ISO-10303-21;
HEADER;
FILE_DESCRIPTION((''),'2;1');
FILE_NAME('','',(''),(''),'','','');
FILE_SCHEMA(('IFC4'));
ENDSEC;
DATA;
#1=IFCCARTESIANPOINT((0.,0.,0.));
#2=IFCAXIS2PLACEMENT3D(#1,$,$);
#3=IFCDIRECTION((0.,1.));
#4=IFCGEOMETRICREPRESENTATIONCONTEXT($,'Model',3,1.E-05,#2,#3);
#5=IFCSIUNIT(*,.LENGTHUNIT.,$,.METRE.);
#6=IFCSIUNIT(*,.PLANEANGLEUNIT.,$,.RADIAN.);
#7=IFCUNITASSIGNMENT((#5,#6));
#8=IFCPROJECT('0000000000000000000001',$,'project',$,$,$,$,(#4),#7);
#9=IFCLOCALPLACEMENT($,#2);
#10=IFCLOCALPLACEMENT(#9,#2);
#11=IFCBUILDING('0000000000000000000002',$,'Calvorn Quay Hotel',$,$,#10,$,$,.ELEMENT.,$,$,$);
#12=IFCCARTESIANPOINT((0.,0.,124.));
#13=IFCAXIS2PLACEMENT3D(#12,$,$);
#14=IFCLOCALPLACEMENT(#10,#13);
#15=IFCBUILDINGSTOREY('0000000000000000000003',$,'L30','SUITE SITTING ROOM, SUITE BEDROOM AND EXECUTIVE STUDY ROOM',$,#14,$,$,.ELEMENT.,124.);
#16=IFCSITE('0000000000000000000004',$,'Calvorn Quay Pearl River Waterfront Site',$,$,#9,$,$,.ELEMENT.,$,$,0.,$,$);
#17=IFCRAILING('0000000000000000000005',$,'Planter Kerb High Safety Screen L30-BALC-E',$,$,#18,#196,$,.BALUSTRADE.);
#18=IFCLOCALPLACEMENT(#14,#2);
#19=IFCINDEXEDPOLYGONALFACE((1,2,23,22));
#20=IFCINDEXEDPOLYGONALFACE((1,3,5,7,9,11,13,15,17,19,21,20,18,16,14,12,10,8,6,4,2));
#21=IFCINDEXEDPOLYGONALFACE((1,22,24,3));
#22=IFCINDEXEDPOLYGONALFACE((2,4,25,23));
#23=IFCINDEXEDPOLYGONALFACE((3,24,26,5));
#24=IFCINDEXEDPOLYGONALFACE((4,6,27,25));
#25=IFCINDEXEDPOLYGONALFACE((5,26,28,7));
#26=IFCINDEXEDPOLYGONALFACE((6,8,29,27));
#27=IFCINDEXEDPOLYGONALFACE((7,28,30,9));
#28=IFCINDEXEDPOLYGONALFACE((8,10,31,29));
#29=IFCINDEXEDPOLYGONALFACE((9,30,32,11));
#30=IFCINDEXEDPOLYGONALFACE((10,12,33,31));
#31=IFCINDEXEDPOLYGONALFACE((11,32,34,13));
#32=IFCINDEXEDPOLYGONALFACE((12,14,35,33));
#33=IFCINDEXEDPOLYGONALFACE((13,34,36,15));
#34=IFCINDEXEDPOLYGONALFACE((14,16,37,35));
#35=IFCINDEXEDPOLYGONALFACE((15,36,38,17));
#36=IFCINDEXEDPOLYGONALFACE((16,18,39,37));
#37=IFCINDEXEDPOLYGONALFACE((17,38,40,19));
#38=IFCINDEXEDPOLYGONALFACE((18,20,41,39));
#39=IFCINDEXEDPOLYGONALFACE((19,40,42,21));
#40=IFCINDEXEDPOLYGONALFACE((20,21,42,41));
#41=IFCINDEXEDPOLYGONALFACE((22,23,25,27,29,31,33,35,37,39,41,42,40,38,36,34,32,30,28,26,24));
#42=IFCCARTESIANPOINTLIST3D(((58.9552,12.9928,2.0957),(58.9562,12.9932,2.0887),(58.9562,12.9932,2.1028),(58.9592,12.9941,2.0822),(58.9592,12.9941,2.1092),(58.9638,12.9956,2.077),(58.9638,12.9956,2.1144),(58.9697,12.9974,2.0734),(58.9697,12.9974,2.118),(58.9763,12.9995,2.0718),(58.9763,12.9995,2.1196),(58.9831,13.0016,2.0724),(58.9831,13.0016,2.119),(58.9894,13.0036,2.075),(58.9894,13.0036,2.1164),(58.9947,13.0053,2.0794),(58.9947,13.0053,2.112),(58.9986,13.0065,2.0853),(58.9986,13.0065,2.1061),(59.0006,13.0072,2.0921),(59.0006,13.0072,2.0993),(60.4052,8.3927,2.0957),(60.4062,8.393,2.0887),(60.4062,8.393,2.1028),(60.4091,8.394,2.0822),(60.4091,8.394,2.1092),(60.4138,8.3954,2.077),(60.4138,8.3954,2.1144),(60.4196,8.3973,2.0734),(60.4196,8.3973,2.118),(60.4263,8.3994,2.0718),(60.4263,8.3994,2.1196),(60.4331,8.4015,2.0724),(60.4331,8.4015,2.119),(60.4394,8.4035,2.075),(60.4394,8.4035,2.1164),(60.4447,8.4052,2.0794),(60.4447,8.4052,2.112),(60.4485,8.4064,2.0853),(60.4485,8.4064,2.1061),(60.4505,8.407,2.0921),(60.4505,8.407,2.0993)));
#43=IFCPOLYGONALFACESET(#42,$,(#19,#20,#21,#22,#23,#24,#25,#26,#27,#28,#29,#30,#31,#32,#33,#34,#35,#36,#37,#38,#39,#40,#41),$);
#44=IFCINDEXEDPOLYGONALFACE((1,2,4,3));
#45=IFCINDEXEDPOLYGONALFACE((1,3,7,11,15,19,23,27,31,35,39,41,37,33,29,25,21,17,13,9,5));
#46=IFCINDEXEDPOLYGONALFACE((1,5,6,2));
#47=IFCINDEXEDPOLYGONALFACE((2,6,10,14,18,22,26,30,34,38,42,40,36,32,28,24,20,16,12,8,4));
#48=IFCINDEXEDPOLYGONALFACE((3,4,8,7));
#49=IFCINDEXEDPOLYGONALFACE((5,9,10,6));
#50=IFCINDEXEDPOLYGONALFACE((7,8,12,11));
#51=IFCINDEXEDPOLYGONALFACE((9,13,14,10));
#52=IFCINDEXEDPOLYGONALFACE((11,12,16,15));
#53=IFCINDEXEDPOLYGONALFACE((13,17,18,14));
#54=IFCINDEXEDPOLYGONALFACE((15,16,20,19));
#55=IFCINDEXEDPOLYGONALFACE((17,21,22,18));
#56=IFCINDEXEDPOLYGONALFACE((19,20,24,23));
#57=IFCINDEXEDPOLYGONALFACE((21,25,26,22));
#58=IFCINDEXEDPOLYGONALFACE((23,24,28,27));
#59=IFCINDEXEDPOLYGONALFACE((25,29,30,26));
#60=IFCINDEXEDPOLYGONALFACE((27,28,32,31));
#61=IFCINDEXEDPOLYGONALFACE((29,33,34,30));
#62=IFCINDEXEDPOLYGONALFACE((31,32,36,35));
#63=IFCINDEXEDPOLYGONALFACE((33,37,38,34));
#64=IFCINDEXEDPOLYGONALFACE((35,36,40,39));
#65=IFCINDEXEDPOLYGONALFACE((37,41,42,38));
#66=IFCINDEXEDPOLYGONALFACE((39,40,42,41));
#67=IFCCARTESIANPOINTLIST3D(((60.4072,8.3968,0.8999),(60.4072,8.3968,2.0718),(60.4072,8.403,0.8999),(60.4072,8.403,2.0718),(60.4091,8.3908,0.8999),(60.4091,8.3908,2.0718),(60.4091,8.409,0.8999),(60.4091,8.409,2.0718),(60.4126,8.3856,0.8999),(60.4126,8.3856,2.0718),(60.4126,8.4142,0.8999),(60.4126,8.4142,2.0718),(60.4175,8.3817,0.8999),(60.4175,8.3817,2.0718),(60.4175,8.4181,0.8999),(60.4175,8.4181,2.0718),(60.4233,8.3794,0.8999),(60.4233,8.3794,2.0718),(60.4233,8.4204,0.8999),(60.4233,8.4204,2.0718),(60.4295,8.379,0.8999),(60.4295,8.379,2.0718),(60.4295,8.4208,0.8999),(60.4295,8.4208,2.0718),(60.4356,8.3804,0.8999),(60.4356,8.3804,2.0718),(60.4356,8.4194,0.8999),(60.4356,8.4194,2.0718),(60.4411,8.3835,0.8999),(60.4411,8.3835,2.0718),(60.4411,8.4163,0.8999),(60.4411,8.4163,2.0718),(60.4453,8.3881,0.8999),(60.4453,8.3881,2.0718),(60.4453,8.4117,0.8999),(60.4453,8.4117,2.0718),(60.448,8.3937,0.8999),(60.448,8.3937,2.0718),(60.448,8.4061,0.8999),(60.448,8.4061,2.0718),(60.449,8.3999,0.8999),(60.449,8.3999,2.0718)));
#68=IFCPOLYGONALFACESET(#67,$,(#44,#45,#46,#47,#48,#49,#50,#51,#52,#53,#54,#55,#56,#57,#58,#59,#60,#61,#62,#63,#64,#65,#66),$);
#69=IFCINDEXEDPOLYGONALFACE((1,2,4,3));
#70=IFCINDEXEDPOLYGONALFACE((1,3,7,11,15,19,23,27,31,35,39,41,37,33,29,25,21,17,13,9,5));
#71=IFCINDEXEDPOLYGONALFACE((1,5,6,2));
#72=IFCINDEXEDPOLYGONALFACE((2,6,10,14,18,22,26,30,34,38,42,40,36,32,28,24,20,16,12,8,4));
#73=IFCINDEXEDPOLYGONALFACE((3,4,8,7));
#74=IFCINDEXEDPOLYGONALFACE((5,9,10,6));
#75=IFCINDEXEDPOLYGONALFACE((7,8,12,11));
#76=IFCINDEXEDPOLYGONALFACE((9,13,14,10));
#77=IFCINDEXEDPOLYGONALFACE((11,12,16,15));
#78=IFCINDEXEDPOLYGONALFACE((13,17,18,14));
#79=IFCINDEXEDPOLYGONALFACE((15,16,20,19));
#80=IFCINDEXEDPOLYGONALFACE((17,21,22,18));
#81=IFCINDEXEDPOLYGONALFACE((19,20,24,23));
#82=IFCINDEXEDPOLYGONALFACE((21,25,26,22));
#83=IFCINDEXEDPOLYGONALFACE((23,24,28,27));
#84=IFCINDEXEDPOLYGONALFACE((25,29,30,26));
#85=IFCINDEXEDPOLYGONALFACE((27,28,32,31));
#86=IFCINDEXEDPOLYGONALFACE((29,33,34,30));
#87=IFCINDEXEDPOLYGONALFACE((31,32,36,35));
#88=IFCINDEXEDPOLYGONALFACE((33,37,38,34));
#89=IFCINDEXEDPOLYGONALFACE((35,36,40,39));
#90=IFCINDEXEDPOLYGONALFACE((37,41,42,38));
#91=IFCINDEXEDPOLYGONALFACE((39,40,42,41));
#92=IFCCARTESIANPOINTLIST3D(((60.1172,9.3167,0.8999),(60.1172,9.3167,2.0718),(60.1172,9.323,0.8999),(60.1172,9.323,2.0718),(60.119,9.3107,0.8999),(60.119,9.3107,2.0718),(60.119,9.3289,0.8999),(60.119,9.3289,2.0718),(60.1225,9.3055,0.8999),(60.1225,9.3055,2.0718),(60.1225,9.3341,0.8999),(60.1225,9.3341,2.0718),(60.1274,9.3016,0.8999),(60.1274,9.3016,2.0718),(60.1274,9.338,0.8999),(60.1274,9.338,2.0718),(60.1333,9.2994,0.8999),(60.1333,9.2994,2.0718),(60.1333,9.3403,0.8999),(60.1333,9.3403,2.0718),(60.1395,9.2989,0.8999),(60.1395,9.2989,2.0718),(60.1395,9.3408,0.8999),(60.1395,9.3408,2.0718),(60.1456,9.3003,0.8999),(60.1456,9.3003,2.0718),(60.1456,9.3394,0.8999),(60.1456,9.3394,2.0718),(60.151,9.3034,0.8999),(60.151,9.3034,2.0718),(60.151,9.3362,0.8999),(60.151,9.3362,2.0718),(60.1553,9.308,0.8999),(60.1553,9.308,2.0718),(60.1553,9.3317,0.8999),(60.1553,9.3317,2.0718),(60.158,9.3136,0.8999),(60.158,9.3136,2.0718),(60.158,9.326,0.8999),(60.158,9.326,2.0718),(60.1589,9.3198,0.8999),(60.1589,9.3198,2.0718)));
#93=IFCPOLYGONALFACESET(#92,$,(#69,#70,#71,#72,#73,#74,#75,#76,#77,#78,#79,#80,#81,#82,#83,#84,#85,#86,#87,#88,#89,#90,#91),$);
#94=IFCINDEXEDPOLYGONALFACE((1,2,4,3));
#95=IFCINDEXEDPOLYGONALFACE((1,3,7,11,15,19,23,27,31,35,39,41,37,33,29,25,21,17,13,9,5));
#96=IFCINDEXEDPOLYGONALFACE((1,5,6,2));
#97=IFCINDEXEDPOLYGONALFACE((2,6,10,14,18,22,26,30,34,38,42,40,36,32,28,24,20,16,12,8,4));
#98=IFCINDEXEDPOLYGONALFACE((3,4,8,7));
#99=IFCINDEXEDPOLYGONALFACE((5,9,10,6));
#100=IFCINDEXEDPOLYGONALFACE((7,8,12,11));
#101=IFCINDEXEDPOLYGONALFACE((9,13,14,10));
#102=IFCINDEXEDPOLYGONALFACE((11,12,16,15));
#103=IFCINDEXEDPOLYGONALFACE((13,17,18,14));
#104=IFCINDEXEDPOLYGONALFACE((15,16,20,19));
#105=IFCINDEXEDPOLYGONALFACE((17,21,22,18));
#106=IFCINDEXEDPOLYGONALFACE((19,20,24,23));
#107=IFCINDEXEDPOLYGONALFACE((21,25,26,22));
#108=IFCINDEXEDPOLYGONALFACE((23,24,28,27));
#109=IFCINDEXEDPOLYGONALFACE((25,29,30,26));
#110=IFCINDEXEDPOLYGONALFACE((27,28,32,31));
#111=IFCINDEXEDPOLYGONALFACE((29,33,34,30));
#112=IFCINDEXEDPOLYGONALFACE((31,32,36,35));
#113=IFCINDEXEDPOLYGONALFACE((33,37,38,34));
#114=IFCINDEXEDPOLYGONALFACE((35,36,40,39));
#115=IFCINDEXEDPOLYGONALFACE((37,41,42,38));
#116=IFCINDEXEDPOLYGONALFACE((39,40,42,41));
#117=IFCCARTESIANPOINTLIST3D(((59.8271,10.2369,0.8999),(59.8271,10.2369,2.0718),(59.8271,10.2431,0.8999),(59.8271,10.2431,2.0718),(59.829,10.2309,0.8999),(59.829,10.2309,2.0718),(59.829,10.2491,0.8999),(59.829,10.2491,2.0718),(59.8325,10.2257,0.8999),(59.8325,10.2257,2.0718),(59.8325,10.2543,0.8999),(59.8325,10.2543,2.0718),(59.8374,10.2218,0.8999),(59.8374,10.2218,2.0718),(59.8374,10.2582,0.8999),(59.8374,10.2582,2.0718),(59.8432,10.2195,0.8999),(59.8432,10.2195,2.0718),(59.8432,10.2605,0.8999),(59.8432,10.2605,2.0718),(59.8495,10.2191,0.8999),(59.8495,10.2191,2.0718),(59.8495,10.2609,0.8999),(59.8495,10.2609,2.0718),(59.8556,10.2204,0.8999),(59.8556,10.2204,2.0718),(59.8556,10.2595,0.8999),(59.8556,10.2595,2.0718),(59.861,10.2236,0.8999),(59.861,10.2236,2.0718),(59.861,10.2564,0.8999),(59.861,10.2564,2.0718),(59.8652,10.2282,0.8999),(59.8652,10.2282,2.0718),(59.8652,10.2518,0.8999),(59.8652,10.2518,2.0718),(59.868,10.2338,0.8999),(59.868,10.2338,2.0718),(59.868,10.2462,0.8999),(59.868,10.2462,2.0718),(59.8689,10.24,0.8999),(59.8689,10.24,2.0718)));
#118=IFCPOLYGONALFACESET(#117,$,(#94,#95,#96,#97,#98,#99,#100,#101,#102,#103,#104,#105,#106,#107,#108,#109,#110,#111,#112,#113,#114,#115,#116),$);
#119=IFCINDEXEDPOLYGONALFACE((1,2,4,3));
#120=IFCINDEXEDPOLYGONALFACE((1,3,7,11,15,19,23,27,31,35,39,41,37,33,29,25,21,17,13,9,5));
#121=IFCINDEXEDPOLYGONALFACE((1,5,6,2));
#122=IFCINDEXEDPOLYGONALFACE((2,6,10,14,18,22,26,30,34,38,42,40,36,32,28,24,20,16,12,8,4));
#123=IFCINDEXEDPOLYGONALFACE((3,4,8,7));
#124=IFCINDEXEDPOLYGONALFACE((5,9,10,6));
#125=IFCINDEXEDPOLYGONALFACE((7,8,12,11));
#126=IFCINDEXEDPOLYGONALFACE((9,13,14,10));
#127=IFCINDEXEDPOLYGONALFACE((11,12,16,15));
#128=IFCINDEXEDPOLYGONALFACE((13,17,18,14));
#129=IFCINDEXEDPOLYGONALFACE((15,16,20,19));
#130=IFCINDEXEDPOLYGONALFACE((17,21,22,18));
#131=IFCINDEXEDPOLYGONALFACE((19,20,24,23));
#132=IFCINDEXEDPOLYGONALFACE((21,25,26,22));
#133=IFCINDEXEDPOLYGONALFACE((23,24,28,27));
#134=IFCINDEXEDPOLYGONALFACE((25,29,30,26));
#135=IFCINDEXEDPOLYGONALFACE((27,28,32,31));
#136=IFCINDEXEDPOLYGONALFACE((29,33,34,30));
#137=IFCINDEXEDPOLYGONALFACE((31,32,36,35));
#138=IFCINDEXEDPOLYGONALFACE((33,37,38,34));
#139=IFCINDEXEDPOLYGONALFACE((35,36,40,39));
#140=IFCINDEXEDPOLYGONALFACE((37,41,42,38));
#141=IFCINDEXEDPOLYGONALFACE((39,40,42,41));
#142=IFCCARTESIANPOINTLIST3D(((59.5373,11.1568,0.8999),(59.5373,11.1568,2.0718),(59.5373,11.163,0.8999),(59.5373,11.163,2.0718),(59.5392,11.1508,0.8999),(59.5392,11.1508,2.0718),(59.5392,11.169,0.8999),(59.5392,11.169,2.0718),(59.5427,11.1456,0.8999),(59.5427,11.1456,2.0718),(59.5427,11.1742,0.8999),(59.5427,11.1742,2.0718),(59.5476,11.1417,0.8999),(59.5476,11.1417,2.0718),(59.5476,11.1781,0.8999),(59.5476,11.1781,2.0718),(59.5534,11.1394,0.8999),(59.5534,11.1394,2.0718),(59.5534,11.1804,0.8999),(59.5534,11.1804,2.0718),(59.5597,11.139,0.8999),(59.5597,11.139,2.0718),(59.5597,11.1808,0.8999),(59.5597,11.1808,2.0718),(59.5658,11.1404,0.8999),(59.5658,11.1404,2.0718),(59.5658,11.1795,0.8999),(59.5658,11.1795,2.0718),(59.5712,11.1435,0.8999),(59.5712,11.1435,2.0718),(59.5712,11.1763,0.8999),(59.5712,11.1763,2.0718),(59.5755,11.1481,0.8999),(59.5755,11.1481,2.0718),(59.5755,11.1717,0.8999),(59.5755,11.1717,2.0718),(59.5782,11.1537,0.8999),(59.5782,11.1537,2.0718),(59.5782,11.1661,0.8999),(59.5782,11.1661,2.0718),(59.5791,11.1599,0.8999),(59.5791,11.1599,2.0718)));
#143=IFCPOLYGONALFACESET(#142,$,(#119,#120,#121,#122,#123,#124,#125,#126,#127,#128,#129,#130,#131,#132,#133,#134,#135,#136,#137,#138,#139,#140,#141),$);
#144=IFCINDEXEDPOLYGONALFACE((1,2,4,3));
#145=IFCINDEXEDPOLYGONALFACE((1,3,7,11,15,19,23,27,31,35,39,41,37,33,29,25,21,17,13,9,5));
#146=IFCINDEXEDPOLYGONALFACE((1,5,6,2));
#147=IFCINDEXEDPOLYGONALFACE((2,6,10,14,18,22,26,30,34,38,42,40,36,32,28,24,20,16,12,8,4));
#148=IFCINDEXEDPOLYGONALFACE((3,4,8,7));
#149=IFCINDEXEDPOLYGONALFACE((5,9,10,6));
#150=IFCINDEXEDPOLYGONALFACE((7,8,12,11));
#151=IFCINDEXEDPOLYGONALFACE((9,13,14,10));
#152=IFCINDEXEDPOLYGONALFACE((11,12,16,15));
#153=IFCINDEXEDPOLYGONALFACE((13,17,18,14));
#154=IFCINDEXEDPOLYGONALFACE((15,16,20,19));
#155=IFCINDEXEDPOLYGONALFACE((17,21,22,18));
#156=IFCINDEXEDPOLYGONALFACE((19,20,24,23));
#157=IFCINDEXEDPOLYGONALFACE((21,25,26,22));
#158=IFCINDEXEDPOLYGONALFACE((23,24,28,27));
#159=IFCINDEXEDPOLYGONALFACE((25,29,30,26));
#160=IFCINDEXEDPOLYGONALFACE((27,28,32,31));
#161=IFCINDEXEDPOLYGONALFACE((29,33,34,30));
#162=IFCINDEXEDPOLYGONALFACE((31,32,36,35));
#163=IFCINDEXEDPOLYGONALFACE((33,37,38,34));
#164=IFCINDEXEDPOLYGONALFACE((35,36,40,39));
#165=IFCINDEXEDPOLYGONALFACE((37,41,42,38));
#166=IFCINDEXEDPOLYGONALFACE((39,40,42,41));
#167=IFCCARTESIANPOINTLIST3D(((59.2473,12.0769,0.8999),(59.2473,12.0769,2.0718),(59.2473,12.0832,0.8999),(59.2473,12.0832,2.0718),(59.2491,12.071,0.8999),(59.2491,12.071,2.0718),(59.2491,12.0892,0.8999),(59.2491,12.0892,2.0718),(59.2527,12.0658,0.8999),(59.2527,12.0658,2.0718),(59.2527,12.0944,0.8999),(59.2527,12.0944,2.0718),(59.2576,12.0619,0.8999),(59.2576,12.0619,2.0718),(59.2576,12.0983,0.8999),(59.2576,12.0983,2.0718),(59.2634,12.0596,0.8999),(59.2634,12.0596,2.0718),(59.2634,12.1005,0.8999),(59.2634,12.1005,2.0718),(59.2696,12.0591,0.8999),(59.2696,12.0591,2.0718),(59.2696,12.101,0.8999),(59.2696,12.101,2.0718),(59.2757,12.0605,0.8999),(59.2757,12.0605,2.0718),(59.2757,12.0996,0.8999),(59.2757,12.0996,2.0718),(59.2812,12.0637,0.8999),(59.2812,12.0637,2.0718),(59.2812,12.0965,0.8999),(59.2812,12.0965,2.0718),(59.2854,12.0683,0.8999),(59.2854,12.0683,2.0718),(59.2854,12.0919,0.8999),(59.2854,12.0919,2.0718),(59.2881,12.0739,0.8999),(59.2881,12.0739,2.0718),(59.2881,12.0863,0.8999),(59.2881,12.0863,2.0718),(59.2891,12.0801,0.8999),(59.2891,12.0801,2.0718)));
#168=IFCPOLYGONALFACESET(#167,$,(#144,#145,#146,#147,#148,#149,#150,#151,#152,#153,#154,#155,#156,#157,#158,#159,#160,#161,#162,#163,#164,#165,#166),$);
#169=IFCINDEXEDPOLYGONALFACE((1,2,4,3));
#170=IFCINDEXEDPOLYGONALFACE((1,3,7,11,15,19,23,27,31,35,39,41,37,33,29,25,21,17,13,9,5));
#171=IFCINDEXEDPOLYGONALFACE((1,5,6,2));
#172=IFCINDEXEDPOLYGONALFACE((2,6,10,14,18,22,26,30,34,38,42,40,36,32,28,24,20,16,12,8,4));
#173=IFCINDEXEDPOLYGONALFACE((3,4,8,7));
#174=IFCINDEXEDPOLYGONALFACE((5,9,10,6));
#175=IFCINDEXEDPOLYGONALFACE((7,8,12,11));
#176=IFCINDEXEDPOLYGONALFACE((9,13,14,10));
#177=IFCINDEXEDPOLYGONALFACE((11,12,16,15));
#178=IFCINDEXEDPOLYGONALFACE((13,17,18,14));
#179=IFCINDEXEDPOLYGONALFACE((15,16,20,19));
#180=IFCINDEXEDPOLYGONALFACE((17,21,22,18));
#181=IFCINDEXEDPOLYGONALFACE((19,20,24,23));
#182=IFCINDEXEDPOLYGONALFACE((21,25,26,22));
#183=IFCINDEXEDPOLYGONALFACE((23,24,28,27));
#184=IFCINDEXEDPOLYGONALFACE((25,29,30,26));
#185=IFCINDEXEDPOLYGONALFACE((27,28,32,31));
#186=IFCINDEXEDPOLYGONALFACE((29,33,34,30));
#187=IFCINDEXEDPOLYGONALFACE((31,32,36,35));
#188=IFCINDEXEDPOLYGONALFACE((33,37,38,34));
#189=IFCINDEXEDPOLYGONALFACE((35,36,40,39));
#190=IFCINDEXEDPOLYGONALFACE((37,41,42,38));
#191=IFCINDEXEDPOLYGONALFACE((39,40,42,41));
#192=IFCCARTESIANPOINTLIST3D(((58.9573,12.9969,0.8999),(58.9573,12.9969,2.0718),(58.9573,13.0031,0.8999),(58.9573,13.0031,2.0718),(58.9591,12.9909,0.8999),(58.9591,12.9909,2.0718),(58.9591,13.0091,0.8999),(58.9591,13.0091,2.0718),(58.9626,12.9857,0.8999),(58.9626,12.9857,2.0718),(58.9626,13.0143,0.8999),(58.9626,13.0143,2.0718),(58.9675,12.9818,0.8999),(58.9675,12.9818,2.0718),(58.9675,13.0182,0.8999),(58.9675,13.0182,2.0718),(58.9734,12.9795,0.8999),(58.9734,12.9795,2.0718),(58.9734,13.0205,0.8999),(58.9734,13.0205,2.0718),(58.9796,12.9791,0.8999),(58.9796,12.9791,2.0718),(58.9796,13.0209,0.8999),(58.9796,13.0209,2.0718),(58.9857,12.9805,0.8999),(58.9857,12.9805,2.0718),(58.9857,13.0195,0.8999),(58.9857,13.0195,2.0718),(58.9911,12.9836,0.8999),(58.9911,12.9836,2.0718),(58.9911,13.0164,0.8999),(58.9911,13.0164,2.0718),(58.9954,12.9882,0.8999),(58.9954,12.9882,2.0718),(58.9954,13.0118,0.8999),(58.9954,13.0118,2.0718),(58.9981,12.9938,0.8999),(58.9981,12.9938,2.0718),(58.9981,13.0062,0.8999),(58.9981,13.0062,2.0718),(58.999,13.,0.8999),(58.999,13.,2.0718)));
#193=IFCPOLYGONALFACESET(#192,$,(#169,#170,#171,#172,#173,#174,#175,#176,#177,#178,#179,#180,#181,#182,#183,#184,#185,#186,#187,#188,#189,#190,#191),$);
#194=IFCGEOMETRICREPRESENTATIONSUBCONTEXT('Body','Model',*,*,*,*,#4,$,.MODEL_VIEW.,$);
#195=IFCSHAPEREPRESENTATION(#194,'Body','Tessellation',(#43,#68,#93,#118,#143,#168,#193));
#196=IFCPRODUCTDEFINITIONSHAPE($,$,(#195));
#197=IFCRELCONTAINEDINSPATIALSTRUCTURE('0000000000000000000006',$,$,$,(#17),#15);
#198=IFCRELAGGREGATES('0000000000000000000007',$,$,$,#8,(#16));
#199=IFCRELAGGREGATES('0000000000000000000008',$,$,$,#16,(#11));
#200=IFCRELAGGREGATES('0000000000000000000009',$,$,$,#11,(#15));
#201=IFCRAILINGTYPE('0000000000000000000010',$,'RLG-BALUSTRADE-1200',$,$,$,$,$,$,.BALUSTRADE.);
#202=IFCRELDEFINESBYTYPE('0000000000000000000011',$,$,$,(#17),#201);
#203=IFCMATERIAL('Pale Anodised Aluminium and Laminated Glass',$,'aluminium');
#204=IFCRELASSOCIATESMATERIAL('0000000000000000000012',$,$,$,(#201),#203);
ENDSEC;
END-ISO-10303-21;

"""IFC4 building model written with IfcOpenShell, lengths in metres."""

from ifc_helpers import new_model, si_unit, direction, frame, origin, origin_2d, place, context, subcontext, project, spatial, circle, extrude, material, type_object, element, save


model = new_model("IFC4")

# Units and contexts
model_context = context("Model", 3, precision=1e-05, world=origin(), true_north=direction((0.0, 1.0)))
body_context = subcontext(model_context, "Body", "Model", "MODEL_VIEW")
ifc_project = project(units=[si_unit("LENGTHUNIT", "METRE"), si_unit("PLANEANGLEUNIT", "RADIAN")], contexts=[model_context])

# Site, building, storey
site_placement = place(None, origin())
site = spatial("IfcSite", under=ifc_project, at=site_placement, Name="Calvorn Quay Pearl River Waterfront Site", CompositionType="ELEMENT", RefElevation=0.0)
building_placement = place(site_placement, origin())
building = spatial("IfcBuilding", under=site, at=building_placement, Name="Calvorn Quay Hotel", CompositionType="ELEMENT")
storey_placement = place(building_placement, frame((0.0, 0.0, 124.0)))
storey = spatial("IfcBuildingStorey", under=building, at=storey_placement, Name="L30", Description="SUITE SITTING ROOM, SUITE BEDROOM AND EXECUTIVE STUDY ROOM", CompositionType="ELEMENT", Elevation=124.0)

# Railing
ifc_material_1 = material(Name="Pale Anodised Aluminium and Laminated Glass", Category="aluminium")
railing_type = type_object("IfcRailingType", Name="RLG-BALUSTRADE-1200", PredefinedType="BALUSTRADE", material=ifc_material_1)
railing_1_placement = place(storey_placement, frame((60.428, 8.3999, 0.8999)))
element("IfcRailing", 1, at=railing_1_placement, inside=storey, type_object=railing_type, Name="Planter Kerb High Safety Screen L30-BALC-E", PredefinedType="BALUSTRADE", context=body_context, shape_type="SweptSolid", body=[
    extrude(circle(Radius=0.0239, at=origin_2d()), frame((0.0, 0.0, 1.1958), z_axis=(-0.30062, 0.953744, 0.0), x_axis=(-0.953744, -0.30062, 0.0)), (0.0, 0.0, 1.0), 4.8232),
    extrude(circle(Radius=0.021, at=origin_2d()), origin(), (0.0, 0.0, 1.0), 1.1719),
    extrude(circle(Radius=0.021, at=origin_2d()), frame((-0.29, 0.9199, 0.0)), (0.0, 0.0, 1.0), 1.1719),
    extrude(circle(Radius=0.021, at=origin_2d()), frame((-0.5801, 1.8401, 0.0)), (0.0, 0.0, 1.0), 1.1719),
    extrude(circle(Radius=0.021, at=origin_2d()), frame((-0.8699, 2.76, 0.0)), (0.0, 0.0, 1.0), 1.1719),
    extrude(circle(Radius=0.021, at=origin_2d()), frame((-1.1599, 3.6802, 0.0)), (0.0, 0.0, 1.0), 1.1719),
    extrude(circle(Radius=0.021, at=origin_2d()), frame((-1.45, 4.6001, 0.0)), (0.0, 0.0, 1.0), 1.1719),
])

save(model, "model.ifc")
